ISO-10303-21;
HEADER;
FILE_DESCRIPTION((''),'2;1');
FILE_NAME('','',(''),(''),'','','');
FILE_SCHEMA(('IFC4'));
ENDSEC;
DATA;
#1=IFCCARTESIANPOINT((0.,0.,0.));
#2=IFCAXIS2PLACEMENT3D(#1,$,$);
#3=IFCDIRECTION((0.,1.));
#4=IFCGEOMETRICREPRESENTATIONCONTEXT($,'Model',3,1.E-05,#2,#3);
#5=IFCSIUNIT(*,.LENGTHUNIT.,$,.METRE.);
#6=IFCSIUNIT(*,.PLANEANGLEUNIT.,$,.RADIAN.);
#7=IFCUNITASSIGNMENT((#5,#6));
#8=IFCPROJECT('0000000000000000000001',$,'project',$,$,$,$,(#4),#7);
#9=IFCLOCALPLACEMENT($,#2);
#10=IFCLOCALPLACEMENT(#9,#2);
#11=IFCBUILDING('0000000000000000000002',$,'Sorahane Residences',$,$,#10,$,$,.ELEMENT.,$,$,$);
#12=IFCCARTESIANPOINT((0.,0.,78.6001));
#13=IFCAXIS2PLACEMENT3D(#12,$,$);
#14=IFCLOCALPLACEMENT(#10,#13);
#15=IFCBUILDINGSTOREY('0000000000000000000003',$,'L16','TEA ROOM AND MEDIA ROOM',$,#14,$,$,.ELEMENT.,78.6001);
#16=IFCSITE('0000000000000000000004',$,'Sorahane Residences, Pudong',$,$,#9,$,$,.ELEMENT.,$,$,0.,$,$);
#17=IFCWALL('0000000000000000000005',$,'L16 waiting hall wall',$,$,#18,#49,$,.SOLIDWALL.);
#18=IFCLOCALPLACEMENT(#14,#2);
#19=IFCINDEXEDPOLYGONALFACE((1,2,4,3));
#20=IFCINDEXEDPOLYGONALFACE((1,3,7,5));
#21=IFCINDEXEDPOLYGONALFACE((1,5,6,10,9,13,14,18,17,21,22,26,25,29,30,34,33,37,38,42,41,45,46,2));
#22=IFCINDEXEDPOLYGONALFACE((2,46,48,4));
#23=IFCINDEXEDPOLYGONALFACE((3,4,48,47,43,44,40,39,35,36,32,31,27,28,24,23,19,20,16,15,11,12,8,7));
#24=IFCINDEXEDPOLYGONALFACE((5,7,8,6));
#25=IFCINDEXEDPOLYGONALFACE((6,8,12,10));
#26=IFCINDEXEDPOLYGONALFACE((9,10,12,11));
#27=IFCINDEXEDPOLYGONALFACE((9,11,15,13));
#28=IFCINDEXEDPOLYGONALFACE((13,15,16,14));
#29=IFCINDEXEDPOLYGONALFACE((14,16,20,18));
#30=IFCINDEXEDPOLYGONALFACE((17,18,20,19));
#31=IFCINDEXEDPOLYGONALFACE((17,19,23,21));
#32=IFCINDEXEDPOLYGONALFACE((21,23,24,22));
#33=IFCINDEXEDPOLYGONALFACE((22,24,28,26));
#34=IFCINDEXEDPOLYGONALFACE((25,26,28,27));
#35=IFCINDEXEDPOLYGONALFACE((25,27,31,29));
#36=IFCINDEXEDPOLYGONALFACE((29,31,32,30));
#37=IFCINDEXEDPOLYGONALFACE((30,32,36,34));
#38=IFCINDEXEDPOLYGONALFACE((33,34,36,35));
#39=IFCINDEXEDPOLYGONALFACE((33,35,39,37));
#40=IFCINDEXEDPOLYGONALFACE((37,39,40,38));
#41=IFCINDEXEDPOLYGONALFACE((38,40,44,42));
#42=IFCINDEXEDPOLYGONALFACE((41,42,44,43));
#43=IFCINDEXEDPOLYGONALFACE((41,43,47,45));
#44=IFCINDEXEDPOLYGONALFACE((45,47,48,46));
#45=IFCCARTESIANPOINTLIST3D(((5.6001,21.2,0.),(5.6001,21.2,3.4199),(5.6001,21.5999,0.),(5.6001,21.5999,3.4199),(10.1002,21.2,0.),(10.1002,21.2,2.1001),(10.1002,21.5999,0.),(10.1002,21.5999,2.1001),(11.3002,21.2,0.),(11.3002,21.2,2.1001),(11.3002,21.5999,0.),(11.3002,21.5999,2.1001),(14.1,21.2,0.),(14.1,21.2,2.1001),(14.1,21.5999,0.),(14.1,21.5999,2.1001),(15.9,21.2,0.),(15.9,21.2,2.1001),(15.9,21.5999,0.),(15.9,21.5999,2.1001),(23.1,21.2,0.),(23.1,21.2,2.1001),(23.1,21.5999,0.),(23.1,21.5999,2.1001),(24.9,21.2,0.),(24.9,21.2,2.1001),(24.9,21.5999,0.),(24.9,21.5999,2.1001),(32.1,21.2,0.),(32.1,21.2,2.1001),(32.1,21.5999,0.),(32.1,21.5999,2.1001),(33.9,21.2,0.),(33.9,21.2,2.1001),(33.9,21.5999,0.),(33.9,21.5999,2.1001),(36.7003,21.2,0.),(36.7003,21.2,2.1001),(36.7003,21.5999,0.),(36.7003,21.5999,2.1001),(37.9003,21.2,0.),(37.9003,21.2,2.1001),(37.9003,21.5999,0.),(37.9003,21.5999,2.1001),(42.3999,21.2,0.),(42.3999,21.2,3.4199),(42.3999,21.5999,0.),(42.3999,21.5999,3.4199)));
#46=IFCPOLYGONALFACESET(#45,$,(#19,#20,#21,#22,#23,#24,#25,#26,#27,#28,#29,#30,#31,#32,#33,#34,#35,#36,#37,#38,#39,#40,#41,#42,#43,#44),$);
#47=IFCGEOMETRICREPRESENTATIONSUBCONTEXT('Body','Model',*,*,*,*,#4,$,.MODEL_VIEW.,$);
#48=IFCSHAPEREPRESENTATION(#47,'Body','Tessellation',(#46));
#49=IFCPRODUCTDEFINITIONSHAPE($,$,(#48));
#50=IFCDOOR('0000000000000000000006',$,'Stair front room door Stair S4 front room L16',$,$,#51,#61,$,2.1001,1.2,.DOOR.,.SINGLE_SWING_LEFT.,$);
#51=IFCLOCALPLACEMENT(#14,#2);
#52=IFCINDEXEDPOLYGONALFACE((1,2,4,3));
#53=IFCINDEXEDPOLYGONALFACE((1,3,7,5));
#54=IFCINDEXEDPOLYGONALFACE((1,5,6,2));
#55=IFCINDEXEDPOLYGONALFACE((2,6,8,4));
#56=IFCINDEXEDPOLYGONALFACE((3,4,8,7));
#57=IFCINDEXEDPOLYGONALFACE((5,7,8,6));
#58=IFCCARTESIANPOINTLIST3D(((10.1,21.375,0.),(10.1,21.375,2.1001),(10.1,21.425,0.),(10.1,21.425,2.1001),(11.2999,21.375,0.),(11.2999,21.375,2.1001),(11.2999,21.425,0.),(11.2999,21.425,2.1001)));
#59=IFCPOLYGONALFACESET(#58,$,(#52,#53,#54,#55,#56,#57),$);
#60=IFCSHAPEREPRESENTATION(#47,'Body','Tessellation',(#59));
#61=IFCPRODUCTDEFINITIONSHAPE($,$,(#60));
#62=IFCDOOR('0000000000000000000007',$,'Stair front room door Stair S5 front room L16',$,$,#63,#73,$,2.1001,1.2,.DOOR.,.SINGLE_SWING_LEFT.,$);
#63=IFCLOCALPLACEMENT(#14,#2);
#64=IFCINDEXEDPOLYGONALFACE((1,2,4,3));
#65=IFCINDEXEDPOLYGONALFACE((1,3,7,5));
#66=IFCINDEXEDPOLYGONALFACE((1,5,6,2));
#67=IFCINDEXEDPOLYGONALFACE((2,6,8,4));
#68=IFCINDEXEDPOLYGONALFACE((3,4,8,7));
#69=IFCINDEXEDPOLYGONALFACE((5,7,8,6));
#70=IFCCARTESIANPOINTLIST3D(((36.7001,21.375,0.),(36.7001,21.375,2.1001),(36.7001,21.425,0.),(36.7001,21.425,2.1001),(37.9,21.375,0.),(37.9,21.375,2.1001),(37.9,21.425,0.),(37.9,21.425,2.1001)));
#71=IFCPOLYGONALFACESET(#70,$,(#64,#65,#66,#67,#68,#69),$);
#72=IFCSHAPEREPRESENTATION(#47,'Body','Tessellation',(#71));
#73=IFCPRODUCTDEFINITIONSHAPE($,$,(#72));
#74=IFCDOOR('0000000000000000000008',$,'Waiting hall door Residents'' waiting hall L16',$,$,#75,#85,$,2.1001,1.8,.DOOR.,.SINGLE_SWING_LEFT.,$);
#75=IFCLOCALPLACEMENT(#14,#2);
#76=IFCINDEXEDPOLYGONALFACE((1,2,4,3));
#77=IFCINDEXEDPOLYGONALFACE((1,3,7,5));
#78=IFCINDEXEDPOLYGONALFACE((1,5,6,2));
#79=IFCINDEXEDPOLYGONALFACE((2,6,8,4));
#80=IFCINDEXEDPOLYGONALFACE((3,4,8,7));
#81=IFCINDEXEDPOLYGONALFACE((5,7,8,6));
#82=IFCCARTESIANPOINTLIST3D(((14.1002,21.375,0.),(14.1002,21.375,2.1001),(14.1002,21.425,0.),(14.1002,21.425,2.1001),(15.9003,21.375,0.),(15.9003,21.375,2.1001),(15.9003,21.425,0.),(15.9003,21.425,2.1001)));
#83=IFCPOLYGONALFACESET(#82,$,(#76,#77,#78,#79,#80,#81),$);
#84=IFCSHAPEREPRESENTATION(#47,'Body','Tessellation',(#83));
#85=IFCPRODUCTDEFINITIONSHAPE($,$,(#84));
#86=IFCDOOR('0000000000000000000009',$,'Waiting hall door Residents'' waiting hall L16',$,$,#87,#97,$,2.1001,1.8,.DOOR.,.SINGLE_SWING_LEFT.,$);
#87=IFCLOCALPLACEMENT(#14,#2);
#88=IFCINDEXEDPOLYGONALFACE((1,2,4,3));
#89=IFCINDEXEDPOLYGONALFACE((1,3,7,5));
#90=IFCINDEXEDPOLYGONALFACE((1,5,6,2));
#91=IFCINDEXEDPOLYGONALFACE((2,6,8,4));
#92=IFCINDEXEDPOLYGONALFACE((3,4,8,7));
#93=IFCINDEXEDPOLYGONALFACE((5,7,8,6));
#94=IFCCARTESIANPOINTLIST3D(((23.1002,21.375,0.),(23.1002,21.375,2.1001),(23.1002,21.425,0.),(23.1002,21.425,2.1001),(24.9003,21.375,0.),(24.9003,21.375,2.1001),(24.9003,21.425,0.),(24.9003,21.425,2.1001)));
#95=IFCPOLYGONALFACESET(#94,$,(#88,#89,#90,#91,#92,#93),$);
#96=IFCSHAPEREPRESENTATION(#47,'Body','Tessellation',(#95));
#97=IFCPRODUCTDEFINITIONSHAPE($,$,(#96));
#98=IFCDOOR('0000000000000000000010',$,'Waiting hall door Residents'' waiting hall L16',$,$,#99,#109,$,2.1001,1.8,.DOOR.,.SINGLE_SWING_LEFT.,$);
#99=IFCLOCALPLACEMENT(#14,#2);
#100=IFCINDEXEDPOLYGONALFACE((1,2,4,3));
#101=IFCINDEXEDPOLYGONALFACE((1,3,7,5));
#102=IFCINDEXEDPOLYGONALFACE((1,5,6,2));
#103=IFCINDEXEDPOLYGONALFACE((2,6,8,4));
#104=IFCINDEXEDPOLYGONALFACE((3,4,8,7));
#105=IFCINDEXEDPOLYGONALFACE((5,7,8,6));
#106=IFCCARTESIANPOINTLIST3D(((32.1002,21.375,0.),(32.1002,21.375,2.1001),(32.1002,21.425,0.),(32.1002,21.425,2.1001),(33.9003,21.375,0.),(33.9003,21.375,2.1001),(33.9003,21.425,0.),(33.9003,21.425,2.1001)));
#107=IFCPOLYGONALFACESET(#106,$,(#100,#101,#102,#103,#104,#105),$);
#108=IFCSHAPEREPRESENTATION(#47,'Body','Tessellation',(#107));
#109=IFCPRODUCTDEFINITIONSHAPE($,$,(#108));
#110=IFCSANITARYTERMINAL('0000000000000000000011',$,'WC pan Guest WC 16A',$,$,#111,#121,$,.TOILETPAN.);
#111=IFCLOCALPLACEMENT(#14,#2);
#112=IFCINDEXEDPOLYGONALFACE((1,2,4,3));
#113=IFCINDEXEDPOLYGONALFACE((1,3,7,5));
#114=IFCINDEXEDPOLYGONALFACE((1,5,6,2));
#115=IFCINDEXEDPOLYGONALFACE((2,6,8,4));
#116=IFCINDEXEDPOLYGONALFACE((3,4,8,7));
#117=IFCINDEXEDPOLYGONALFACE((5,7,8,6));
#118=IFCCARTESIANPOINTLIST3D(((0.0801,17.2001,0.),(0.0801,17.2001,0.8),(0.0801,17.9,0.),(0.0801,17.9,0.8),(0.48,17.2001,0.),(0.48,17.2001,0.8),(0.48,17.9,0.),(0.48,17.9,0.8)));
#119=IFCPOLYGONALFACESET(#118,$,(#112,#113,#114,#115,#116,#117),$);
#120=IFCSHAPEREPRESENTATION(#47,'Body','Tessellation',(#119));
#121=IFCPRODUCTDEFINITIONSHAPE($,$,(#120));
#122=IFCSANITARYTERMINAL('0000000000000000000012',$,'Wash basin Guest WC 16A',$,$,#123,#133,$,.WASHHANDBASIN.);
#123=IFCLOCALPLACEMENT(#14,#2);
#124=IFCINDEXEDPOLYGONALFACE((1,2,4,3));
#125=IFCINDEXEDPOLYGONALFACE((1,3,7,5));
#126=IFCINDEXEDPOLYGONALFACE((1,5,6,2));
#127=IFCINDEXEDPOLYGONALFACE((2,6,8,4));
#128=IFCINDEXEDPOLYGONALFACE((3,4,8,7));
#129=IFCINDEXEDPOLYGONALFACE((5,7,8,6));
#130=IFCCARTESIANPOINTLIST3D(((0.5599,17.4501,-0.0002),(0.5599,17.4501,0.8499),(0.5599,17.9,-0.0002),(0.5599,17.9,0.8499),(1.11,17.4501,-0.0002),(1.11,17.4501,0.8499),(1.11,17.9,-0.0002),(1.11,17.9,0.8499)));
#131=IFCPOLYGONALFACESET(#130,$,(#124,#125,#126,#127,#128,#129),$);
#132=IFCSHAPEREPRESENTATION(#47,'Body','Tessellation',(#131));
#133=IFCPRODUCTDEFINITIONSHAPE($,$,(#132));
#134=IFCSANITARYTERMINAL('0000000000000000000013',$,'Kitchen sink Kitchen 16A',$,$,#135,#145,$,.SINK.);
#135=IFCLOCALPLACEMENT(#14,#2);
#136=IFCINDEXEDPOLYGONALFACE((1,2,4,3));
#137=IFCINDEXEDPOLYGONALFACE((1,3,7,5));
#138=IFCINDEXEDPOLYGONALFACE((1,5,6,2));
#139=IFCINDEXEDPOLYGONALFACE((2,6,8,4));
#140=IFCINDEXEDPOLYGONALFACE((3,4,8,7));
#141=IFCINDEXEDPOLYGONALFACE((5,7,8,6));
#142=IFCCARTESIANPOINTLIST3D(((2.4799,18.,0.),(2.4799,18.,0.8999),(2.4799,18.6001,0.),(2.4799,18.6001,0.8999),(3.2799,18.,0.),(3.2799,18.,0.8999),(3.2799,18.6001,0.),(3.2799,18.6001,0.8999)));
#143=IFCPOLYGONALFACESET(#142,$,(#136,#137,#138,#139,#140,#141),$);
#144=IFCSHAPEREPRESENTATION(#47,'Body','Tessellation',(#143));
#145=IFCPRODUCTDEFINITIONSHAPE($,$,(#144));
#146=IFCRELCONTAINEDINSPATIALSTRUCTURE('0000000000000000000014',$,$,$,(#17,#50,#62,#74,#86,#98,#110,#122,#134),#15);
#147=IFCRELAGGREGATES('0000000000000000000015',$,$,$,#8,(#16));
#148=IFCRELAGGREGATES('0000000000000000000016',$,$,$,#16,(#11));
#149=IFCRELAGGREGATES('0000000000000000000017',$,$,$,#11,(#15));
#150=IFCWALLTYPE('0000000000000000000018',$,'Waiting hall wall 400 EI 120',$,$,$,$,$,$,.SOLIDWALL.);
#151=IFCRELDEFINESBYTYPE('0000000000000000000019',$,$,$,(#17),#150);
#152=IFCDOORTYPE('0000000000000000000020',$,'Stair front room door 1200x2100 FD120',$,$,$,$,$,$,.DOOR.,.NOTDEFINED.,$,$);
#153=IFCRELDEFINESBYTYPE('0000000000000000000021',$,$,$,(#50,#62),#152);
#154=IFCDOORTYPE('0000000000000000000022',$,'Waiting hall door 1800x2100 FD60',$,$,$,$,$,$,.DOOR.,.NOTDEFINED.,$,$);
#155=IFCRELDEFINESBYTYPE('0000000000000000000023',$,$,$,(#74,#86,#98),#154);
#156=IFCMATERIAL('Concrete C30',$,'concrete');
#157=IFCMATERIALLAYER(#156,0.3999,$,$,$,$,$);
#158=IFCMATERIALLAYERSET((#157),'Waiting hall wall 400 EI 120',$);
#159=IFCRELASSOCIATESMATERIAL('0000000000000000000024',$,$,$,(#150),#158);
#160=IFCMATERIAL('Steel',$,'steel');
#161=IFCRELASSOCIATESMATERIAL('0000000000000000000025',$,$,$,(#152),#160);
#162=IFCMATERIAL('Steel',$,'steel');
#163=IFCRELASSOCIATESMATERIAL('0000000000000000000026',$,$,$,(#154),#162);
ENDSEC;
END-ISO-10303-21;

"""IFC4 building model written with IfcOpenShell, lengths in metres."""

from ifc_helpers import new_model, si_unit, direction, frame, frame_2d, origin, origin_2d, place, context, subcontext, project, spatial, rectangle, extrude, material, layer, layer_set, type_object, element, fill, save


model = new_model("IFC4")

# Units and contexts
model_context = context("Model", 3, precision=1e-05, world=origin(), true_north=direction((0.0, 1.0)))
body_context = subcontext(model_context, "Body", "Model", "MODEL_VIEW")
ifc_project = project(units=[si_unit("LENGTHUNIT", "METRE"), si_unit("PLANEANGLEUNIT", "RADIAN")], contexts=[model_context])

# Site, building, storey
site_placement = place(None, origin())
site = spatial("IfcSite", under=ifc_project, at=site_placement, Name="Sorahane Residences, Pudong", CompositionType="ELEMENT", RefElevation=0.0)
building_placement = place(site_placement, origin())
building = spatial("IfcBuilding", under=site, at=building_placement, Name="Sorahane Residences", CompositionType="ELEMENT")
storey_placement = place(building_placement, frame((0.0, 0.0, 78.6001)))
storey = spatial("IfcBuildingStorey", under=building, at=storey_placement, Name="L16", Description="TEA ROOM AND MEDIA ROOM", CompositionType="ELEMENT", Elevation=78.6001)

# Wall, openings, doors
ifc_material_1 = material(Name="Concrete C30", Category="concrete")
ifc_layer_1 = layer(ifc_material_1, 0.3999)
ifc_layer_set_1 = layer_set([ifc_layer_1], Name="Waiting hall wall 400 EI 120")
wall_type_1 = type_object("IfcWallType", Name="Waiting hall wall 400 EI 120", PredefinedType="SOLIDWALL", material=ifc_layer_set_1)
wall_1_placement = place(storey_placement, frame((5.6001, 21.3999, 0.0), z_axis=(0.0, 0.0, 1.0), x_axis=(1.0, 0.0, 0.0)))
wall_1 = element("IfcWall", 1, at=wall_1_placement, inside=storey, type_object=wall_type_1, Name="L16 waiting hall wall", PredefinedType="SOLIDWALL", context=body_context, shape_type="SweptSolid", body=[
    extrude(rectangle(XDim=36.7998, YDim=0.3999, at=frame_2d((18.3999, 0.0))), origin(), (0.0, 0.0, 1.0), 3.4199),
])
opening_1_placement = place(wall_1_placement, frame((8.5, 0.0, 0.0)))
opening_1 = element("IfcOpeningElement", 2, at=opening_1_placement, cuts=wall_1, PredefinedType="OPENING", context=body_context, shape_type="SweptSolid", body=[
    extrude(rectangle(XDim=1.8, YDim=2.1001, at=frame_2d((0.8999, 1.05))), frame((0.0, 0.21, 0.0), z_axis=(0.0, -1.0, 0.0), x_axis=(1.0, 0.0, 0.0)), (0.0, 0.0, 1.0), 0.4199),
])
opening_2_placement = place(wall_1_placement, frame((17.5, 0.0, 0.0)))
opening_2 = element("IfcOpeningElement", 3, at=opening_2_placement, cuts=wall_1, PredefinedType="OPENING", context=body_context, shape_type="SweptSolid", body=[
    extrude(rectangle(XDim=1.8, YDim=2.1001, at=frame_2d((0.8999, 1.05))), frame((0.0, 0.21, 0.0), z_axis=(0.0, -1.0, 0.0), x_axis=(1.0, 0.0, 0.0)), (0.0, 0.0, 1.0), 0.4199),
])
opening_3_placement = place(wall_1_placement, frame((26.5, 0.0, 0.0)))
opening_3 = element("IfcOpeningElement", 4, at=opening_3_placement, cuts=wall_1, PredefinedType="OPENING", context=body_context, shape_type="SweptSolid", body=[
    extrude(rectangle(XDim=1.8, YDim=2.1001, at=frame_2d((0.8999, 1.05))), frame((0.0, 0.21, 0.0), z_axis=(0.0, -1.0, 0.0), x_axis=(1.0, 0.0, 0.0)), (0.0, 0.0, 1.0), 0.4199),
])
opening_4_placement = place(wall_1_placement, frame((4.5, 0.0, 0.0)))
opening_4 = element("IfcOpeningElement", 5, at=opening_4_placement, cuts=wall_1, PredefinedType="OPENING", context=body_context, shape_type="SweptSolid", body=[
    extrude(rectangle(XDim=1.2, YDim=2.1001, at=frame_2d((0.6001, 1.05))), frame((0.0, 0.21, 0.0), z_axis=(0.0, -1.0, 0.0), x_axis=(1.0, 0.0, 0.0)), (0.0, 0.0, 1.0), 0.4199),
])
opening_5_placement = place(wall_1_placement, frame((31.1001, 0.0, 0.0)))
opening_5 = element("IfcOpeningElement", 6, at=opening_5_placement, cuts=wall_1, PredefinedType="OPENING", context=body_context, shape_type="SweptSolid", body=[
    extrude(rectangle(XDim=1.2, YDim=2.1001, at=frame_2d((0.6001, 1.05))), frame((0.0, 0.21, 0.0), z_axis=(0.0, -1.0, 0.0), x_axis=(1.0, 0.0, 0.0)), (0.0, 0.0, 1.0), 0.4199),
])
ifc_material_2 = material(Name="Steel", Category="steel")
door_type_1 = type_object("IfcDoorType", Name="Stair front room door 1200x2100 FD120", OperationType="NOTDEFINED", PredefinedType="DOOR", material=ifc_material_2)
door_1_placement = place(opening_4_placement, frame((1.2, 0.0, 0.0), z_axis=(0.0, 0.0, 1.0), x_axis=(-1.0, 0.0, 0.0)))
door_1 = element("IfcDoor", 7, at=door_1_placement, inside=storey, type_object=door_type_1, Name="Stair front room door Stair S4 front room L16", OperationType="SINGLE_SWING_LEFT", OverallHeight=2.1001, OverallWidth=1.2, PredefinedType="DOOR", context=body_context, shape_type="SweptSolid", body=[
    extrude(rectangle(XDim=1.2, YDim=2.1001, at=frame_2d((0.6001, 1.05))), frame((0.0, 0.0249, 0.0), z_axis=(0.0, -1.0, 0.0), x_axis=(1.0, 0.0, 0.0)), (0.0, 0.0, 1.0), 0.05),
])
fill(opening_4, door_1)
door_2_placement = place(opening_5_placement, frame((1.2, 0.0, 0.0), z_axis=(0.0, 0.0, 1.0), x_axis=(-1.0, 0.0, 0.0)))
door_2 = element("IfcDoor", 8, at=door_2_placement, inside=storey, type_object=door_type_1, Name="Stair front room door Stair S5 front room L16", OperationType="SINGLE_SWING_LEFT", OverallHeight=2.1001, OverallWidth=1.2, PredefinedType="DOOR", context=body_context, shape_type="SweptSolid", body=[
    extrude(rectangle(XDim=1.2, YDim=2.1001, at=frame_2d((0.6001, 1.05))), frame((0.0, 0.0249, 0.0), z_axis=(0.0, -1.0, 0.0), x_axis=(1.0, 0.0, 0.0)), (0.0, 0.0, 1.0), 0.05),
])
fill(opening_5, door_2)
ifc_material_3 = material(Name="Steel", Category="steel")
door_type_2 = type_object("IfcDoorType", Name="Waiting hall door 1800x2100 FD60", OperationType="NOTDEFINED", PredefinedType="DOOR", material=ifc_material_3)
door_3_placement = place(opening_1_placement, frame((1.8, 0.0, 0.0), z_axis=(0.0, 0.0, 1.0), x_axis=(-1.0, 0.0, 0.0)))
door_3 = element("IfcDoor", 9, at=door_3_placement, inside=storey, type_object=door_type_2, Name="Waiting hall door Residents' waiting hall L16", OperationType="SINGLE_SWING_LEFT", OverallHeight=2.1001, OverallWidth=1.8, PredefinedType="DOOR", context=body_context, shape_type="SweptSolid", body=[
    extrude(rectangle(XDim=1.8, YDim=2.1001, at=frame_2d((0.8999, 1.05))), frame((0.0, 0.0249, 0.0), z_axis=(0.0, -1.0, 0.0), x_axis=(1.0, 0.0, 0.0)), (0.0, 0.0, 1.0), 0.05),
])
fill(opening_1, door_3)
door_4_placement = place(opening_2_placement, frame((1.8, 0.0, 0.0), z_axis=(0.0, 0.0, 1.0), x_axis=(-1.0, 0.0, 0.0)))
door_4 = element("IfcDoor", 10, at=door_4_placement, inside=storey, type_object=door_type_2, Name="Waiting hall door Residents' waiting hall L16", OperationType="SINGLE_SWING_LEFT", OverallHeight=2.1001, OverallWidth=1.8, PredefinedType="DOOR", context=body_context, shape_type="SweptSolid", body=[
    extrude(rectangle(XDim=1.8, YDim=2.1001, at=frame_2d((0.8999, 1.05))), frame((0.0, 0.0249, 0.0), z_axis=(0.0, -1.0, 0.0), x_axis=(1.0, 0.0, 0.0)), (0.0, 0.0, 1.0), 0.05),
])
fill(opening_2, door_4)
door_5_placement = place(opening_3_placement, frame((1.8, 0.0, 0.0), z_axis=(0.0, 0.0, 1.0), x_axis=(-1.0, 0.0, 0.0)))
door_5 = element("IfcDoor", 11, at=door_5_placement, inside=storey, type_object=door_type_2, Name="Waiting hall door Residents' waiting hall L16", OperationType="SINGLE_SWING_LEFT", OverallHeight=2.1001, OverallWidth=1.8, PredefinedType="DOOR", context=body_context, shape_type="SweptSolid", body=[
    extrude(rectangle(XDim=1.8, YDim=2.1001, at=frame_2d((0.8999, 1.05))), frame((0.0, 0.0249, 0.0), z_axis=(0.0, -1.0, 0.0), x_axis=(1.0, 0.0, 0.0)), (0.0, 0.0, 1.0), 0.05),
])
fill(opening_3, door_5)

# Sanitary terminals
sanitary_terminal_1_placement = place(storey_placement, frame((0.28, 17.55, 0.0), z_axis=(0.0, 0.0, 1.0), x_axis=(1.0, 0.0, 0.0)))
element("IfcSanitaryTerminal", 12, at=sanitary_terminal_1_placement, inside=storey, Name="WC pan Guest WC 16A", PredefinedType="TOILETPAN", context=body_context, shape_type="SweptSolid", body=[
    extrude(rectangle(XDim=0.3999, YDim=0.7, at=origin_2d()), origin(), (0.0, 0.0, 1.0), 0.8),
])
sanitary_terminal_2_placement = place(storey_placement, frame((0.835, 17.675, -0.0002), z_axis=(0.0, 0.0, 1.0), x_axis=(1.0, 0.0, 0.0)))
element("IfcSanitaryTerminal", 13, at=sanitary_terminal_2_placement, inside=storey, Name="Wash basin Guest WC 16A", PredefinedType="WASHHANDBASIN", context=body_context, shape_type="SweptSolid", body=[
    extrude(rectangle(XDim=0.55, YDim=0.45, at=origin_2d()), origin(), (0.0, 0.0, 1.0), 0.8501),
])
sanitary_terminal_3_placement = place(storey_placement, frame((2.8799, 18.3, 0.0), z_axis=(0.0, 0.0, 1.0), x_axis=(1.0, 0.0, 0.0)))
element("IfcSanitaryTerminal", 14, at=sanitary_terminal_3_placement, inside=storey, Name="Kitchen sink Kitchen 16A", PredefinedType="SINK", context=body_context, shape_type="SweptSolid", body=[
    extrude(rectangle(XDim=0.8, YDim=0.6001, at=origin_2d()), origin(), (0.0, 0.0, 1.0), 0.8999),
])

save(model, "model.ifc")
